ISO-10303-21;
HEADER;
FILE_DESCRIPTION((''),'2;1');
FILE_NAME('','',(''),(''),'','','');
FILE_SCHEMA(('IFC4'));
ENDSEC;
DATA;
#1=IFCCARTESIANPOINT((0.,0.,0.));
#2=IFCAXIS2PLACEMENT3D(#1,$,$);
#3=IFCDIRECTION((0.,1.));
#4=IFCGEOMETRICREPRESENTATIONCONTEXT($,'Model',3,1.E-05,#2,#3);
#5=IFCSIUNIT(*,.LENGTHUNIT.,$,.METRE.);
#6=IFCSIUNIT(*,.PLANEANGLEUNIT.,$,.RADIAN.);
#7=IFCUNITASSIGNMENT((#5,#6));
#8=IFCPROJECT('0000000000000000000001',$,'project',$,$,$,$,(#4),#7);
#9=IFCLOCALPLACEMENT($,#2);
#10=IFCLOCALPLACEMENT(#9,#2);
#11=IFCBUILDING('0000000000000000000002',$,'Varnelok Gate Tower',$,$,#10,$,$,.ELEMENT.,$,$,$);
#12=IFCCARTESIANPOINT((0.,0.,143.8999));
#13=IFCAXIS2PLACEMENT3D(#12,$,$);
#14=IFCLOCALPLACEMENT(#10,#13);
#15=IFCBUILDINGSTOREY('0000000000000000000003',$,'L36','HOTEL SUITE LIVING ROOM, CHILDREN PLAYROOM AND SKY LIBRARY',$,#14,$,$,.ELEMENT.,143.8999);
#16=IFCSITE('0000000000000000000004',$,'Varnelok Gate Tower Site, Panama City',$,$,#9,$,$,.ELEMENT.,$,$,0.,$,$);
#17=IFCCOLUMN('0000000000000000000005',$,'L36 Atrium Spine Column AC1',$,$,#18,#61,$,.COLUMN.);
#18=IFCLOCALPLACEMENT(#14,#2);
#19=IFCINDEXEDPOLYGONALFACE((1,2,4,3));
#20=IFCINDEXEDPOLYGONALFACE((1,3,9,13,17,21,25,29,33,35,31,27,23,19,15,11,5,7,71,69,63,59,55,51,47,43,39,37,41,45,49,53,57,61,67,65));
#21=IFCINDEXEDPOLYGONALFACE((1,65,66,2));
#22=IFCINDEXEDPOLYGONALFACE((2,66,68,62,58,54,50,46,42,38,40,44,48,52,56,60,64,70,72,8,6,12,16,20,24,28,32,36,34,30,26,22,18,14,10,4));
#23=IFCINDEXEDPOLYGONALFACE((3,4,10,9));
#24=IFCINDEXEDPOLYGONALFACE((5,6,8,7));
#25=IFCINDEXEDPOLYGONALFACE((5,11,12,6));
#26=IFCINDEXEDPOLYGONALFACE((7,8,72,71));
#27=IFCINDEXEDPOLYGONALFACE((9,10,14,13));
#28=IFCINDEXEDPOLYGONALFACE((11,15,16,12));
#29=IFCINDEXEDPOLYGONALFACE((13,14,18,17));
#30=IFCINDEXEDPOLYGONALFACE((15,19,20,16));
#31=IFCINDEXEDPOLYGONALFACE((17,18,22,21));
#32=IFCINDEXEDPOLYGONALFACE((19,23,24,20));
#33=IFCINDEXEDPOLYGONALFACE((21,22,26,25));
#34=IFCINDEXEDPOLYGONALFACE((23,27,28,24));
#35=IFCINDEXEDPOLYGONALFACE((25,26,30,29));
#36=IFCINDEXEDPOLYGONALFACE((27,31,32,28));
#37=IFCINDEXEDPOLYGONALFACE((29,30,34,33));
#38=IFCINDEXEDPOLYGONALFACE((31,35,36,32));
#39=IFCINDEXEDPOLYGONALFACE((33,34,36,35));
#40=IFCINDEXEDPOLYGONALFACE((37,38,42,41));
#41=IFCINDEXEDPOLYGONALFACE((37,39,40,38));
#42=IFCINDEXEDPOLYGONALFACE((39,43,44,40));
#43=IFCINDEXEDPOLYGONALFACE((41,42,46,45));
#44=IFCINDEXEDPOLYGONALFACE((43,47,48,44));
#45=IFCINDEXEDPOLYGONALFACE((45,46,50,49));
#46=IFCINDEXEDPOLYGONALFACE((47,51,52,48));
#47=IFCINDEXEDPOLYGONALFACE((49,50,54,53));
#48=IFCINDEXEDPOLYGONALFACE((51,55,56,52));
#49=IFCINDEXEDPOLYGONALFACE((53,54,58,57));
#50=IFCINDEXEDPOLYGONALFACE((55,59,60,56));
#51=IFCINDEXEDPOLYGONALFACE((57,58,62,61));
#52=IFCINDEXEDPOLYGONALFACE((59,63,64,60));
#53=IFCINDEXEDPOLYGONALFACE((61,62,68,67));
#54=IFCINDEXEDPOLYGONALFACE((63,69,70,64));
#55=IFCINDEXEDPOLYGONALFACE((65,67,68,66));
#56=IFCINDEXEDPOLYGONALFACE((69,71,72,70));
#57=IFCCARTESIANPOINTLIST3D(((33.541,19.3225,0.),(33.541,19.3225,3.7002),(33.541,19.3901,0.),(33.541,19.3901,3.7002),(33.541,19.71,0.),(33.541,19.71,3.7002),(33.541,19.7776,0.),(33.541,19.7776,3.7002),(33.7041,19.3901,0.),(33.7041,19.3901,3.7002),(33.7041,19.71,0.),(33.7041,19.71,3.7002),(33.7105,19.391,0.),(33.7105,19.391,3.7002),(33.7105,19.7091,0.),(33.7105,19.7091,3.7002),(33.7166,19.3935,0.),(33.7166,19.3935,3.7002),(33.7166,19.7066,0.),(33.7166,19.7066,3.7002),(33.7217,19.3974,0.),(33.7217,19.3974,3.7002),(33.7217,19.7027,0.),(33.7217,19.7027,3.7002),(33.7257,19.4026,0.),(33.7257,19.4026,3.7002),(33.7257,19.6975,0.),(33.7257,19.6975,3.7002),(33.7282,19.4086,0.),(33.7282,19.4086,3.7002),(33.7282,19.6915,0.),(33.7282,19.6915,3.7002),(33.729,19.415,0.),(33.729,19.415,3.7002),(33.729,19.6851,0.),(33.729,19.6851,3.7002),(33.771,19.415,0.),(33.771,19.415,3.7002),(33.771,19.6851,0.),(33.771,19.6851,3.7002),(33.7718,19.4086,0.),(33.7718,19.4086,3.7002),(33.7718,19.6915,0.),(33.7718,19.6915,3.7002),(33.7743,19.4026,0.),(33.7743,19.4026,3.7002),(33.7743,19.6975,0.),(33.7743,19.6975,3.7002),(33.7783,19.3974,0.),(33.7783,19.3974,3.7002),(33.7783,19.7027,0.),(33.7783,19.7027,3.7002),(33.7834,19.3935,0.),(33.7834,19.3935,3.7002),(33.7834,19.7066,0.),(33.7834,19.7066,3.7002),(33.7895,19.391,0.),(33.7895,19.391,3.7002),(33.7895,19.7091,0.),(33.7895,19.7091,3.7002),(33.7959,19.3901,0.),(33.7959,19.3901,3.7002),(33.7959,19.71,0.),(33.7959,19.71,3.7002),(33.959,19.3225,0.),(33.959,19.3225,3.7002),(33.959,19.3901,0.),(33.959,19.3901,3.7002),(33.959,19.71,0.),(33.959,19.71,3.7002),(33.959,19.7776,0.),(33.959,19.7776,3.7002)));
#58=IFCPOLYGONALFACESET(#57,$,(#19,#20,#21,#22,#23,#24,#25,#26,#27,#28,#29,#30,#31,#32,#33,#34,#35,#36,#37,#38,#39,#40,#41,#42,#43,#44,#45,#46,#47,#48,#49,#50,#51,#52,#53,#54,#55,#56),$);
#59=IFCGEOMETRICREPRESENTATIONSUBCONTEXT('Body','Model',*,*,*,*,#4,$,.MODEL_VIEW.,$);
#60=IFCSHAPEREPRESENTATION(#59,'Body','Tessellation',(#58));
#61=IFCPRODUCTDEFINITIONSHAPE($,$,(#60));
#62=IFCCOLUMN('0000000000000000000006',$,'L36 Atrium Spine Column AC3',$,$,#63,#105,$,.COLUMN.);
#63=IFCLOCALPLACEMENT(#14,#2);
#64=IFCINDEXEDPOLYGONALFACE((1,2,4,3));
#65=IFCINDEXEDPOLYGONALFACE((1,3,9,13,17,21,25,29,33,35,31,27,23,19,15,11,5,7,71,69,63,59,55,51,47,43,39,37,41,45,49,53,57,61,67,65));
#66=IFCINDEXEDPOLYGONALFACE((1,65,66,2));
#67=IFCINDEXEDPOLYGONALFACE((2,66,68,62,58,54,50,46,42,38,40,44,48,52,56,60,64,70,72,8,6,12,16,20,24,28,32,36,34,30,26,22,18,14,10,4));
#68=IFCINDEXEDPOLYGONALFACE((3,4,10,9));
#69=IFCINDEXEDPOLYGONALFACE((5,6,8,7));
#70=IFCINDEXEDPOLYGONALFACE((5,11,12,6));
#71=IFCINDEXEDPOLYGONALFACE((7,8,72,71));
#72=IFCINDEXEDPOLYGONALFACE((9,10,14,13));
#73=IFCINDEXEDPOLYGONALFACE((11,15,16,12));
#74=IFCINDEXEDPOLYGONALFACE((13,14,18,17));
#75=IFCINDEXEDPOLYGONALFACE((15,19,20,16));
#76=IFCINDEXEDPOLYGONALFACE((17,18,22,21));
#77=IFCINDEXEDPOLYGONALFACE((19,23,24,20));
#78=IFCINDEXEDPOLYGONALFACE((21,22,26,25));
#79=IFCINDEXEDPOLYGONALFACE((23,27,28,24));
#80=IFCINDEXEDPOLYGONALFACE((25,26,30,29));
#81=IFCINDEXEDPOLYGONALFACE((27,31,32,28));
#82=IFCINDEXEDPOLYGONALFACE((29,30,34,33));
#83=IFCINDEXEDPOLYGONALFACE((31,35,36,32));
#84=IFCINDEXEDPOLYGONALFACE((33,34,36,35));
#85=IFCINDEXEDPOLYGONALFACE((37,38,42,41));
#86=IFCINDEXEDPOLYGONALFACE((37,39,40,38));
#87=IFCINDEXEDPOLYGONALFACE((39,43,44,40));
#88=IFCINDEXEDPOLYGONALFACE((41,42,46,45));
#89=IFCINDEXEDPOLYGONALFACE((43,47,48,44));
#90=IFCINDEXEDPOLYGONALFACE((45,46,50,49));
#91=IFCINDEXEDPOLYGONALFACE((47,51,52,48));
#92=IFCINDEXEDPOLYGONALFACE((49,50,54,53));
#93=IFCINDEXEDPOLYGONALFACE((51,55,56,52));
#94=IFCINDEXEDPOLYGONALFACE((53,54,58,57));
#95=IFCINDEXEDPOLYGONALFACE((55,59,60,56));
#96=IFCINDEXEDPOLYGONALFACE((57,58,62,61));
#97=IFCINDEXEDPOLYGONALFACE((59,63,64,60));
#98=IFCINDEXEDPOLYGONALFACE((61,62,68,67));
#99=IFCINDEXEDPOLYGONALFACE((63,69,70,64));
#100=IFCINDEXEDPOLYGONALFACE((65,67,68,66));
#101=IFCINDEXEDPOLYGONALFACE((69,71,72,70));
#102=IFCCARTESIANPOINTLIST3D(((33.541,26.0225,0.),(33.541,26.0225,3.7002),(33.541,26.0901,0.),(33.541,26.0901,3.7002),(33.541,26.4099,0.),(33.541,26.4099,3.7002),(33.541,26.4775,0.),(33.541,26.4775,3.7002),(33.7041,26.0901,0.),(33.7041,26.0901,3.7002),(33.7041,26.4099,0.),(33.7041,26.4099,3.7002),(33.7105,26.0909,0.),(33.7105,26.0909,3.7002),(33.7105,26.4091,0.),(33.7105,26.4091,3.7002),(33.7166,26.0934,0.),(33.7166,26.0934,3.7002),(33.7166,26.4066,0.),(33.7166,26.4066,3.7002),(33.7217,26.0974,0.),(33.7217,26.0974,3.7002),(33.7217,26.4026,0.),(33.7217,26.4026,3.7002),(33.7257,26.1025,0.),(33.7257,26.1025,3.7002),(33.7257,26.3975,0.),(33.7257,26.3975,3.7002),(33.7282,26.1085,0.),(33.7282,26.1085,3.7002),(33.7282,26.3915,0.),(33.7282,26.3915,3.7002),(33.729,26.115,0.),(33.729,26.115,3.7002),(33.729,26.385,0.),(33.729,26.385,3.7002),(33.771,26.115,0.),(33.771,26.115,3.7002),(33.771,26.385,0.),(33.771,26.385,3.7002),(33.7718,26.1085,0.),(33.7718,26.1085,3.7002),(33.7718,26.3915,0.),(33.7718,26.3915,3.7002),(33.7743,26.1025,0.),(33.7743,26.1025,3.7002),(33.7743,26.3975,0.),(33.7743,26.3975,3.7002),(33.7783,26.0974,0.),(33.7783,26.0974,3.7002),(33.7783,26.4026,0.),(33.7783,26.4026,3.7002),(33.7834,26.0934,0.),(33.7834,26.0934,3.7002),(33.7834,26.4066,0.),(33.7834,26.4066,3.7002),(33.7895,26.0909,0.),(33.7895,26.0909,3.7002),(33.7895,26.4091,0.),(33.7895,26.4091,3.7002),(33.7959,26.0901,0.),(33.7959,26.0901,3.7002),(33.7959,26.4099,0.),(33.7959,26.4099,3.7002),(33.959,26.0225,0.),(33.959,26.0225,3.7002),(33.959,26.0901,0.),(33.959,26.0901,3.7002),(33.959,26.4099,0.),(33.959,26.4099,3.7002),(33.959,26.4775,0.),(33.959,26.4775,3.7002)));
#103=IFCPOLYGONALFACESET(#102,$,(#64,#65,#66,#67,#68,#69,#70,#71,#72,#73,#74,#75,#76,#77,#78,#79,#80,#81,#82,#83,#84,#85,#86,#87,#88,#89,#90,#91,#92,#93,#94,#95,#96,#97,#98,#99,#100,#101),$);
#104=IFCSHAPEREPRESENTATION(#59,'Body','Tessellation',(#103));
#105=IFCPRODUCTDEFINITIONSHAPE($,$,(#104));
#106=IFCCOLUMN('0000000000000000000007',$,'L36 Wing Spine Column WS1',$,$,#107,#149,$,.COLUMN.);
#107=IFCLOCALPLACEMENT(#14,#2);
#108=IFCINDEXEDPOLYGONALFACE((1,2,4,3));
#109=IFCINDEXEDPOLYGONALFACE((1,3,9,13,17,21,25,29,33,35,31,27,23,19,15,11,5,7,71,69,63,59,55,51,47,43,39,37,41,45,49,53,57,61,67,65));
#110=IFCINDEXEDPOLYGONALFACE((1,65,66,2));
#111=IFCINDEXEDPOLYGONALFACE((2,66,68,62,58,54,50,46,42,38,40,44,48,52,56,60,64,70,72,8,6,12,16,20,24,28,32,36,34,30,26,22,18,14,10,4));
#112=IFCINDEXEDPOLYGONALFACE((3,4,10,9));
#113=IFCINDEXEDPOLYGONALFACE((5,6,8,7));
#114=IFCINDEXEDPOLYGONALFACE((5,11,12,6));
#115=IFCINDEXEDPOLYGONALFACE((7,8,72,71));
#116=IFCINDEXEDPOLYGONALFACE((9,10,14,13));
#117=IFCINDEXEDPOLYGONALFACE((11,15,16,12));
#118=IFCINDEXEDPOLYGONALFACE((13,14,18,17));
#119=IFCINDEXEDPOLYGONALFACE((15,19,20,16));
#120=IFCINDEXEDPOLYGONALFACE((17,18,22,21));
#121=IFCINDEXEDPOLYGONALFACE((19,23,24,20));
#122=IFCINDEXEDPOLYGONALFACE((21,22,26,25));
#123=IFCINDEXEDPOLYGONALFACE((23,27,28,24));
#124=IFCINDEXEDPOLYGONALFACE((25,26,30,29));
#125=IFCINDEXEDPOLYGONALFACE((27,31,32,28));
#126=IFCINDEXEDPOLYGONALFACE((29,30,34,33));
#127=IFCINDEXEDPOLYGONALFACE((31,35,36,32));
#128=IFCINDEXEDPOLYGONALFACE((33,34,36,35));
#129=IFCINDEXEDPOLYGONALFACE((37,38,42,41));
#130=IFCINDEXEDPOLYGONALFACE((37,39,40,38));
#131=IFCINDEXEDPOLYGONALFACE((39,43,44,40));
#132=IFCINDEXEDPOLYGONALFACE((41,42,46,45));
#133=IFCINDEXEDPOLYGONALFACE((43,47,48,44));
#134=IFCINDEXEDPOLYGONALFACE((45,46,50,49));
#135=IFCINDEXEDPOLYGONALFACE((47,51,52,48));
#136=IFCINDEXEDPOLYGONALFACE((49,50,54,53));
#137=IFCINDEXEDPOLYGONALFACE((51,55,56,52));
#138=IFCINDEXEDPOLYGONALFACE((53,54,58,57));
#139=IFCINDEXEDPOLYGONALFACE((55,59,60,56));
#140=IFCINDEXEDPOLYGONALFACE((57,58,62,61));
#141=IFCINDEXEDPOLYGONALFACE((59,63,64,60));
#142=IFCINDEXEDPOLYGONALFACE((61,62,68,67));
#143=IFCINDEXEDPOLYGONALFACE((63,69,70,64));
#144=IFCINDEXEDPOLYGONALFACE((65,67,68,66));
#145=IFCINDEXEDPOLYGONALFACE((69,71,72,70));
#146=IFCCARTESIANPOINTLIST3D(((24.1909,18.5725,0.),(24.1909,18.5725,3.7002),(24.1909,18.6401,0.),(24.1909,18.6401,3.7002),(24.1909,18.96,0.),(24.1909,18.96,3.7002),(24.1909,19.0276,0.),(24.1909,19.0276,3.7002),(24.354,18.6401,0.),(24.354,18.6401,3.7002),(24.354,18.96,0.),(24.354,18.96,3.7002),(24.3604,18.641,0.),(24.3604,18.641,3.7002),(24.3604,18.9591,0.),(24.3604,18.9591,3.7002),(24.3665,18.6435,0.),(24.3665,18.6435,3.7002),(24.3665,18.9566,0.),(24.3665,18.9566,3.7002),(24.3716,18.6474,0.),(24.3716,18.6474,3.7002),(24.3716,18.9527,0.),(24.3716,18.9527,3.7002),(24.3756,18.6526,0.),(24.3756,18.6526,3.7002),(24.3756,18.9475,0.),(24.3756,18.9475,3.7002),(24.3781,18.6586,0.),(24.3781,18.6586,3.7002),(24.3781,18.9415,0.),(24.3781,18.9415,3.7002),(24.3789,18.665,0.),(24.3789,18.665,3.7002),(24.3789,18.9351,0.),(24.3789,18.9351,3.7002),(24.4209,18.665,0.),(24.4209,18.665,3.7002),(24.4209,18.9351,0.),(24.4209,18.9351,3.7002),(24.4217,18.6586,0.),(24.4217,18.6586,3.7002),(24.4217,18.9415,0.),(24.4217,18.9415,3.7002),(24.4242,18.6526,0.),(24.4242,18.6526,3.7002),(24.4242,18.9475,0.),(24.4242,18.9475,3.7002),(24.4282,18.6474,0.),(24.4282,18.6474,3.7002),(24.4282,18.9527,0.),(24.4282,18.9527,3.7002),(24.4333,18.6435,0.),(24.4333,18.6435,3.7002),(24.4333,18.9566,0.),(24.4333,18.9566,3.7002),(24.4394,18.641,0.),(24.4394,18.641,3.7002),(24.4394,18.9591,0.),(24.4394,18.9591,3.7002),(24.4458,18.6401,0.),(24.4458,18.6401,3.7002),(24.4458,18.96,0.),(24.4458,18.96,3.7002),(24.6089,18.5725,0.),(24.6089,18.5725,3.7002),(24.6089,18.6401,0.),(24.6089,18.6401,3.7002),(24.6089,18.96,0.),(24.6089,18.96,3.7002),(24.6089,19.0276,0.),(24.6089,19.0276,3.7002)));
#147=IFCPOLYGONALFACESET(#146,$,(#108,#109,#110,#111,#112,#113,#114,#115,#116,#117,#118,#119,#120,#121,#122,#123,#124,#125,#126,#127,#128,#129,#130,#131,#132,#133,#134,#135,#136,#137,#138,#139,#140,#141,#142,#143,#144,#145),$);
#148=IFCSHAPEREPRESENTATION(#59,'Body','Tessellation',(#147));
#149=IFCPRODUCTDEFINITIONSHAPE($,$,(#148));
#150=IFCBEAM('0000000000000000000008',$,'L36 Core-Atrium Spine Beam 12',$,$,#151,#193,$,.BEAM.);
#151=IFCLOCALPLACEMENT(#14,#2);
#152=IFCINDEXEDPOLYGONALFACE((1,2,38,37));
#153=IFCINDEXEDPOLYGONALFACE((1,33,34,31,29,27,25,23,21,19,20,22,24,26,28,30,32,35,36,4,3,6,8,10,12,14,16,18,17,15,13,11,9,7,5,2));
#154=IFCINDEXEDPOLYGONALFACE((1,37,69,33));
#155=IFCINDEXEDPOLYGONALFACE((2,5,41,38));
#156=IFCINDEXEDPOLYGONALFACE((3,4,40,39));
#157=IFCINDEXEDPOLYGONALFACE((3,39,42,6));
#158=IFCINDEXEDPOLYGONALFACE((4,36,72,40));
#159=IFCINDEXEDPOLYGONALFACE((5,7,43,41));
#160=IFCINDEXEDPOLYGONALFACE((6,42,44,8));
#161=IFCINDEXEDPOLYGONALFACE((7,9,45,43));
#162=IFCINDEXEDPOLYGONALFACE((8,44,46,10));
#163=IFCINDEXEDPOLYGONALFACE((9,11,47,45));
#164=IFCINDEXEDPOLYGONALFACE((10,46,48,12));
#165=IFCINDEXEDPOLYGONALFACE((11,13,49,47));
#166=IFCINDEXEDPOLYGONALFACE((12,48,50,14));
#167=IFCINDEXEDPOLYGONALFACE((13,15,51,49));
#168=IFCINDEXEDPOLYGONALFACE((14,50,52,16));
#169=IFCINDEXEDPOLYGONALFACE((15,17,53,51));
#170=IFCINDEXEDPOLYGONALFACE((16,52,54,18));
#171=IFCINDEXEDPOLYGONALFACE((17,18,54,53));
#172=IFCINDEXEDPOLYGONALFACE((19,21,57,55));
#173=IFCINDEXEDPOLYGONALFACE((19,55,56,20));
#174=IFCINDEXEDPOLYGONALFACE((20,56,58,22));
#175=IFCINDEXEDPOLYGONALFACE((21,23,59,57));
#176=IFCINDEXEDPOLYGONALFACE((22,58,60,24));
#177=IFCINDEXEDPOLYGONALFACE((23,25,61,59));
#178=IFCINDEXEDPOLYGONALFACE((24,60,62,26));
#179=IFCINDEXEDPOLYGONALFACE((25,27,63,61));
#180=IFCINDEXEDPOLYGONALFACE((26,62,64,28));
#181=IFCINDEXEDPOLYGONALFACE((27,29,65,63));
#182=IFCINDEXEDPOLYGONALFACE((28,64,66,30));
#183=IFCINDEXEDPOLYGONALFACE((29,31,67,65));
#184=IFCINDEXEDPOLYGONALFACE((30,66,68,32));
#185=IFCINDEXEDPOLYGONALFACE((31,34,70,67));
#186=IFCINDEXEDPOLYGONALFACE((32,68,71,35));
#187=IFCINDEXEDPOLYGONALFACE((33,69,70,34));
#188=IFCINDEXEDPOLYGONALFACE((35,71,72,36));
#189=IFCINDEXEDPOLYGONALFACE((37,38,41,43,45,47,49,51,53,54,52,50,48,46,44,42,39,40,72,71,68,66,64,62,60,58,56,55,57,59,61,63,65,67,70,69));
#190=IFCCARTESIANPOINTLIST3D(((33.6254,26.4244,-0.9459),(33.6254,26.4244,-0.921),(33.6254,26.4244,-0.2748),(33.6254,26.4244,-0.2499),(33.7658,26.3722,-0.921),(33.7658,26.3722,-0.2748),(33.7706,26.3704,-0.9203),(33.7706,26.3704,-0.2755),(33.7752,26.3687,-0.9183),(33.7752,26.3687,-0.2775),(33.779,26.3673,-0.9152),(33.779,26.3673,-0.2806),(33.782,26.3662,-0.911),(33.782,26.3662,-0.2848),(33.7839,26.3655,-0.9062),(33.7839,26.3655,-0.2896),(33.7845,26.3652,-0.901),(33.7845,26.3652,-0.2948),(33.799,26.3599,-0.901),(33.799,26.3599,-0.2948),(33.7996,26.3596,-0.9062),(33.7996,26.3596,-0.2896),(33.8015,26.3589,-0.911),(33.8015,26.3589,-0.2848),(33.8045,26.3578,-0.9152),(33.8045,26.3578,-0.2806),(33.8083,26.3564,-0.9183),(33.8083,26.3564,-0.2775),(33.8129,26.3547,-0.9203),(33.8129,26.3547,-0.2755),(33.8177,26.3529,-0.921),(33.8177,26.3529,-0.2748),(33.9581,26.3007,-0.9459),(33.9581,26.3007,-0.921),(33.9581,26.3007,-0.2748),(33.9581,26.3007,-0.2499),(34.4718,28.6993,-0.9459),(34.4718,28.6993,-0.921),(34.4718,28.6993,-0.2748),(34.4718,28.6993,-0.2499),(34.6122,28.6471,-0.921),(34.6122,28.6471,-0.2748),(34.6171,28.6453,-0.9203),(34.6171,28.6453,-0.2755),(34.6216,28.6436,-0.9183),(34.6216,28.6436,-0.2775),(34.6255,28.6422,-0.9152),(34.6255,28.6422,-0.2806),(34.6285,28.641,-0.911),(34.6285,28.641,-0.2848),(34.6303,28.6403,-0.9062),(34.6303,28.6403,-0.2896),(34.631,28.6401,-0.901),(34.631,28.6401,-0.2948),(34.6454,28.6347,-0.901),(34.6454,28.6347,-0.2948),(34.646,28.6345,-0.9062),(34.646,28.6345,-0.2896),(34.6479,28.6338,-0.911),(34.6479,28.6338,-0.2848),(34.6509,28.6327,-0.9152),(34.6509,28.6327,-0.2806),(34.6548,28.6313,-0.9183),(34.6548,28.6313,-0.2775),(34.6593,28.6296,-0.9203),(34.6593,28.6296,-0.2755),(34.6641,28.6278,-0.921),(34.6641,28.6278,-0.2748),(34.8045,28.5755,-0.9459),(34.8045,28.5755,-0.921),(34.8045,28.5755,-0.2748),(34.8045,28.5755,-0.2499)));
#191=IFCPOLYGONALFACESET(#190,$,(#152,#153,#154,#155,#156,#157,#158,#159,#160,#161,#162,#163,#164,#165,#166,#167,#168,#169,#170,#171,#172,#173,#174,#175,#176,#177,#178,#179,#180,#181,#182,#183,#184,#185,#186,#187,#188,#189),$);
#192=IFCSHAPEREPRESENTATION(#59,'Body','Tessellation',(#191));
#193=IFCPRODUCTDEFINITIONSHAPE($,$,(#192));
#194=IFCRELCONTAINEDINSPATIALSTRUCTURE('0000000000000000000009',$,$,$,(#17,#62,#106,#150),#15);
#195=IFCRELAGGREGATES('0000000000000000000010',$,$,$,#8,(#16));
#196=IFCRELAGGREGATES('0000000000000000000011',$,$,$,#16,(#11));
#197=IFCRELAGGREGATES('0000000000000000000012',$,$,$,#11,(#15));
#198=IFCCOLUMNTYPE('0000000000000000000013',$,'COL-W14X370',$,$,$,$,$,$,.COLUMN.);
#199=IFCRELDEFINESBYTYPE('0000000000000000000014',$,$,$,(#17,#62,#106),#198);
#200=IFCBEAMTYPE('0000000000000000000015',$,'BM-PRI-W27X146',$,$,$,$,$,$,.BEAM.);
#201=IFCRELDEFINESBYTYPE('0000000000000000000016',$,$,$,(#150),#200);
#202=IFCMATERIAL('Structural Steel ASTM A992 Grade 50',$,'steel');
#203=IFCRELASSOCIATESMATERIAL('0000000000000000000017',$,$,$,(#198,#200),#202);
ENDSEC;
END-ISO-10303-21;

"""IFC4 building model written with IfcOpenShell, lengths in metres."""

from ifc_helpers import new_model, si_unit, direction, frame, origin, origin_2d, place, context, subcontext, project, spatial, i_section, extrude, material, material_profile, profile_set, type_object, element, save


model = new_model("IFC4")

# Units and contexts
model_context = context("Model", 3, precision=1e-05, world=origin(), true_north=direction((0.0, 1.0)))
body_context = subcontext(model_context, "Body", "Model", "MODEL_VIEW")
ifc_project = project(units=[si_unit("LENGTHUNIT", "METRE"), si_unit("PLANEANGLEUNIT", "RADIAN")], contexts=[model_context])

# Site, building, storey
site_placement = place(None, origin())
site = spatial("IfcSite", under=ifc_project, at=site_placement, Name="Varnelok Gate Tower Site, Panama City", CompositionType="ELEMENT", RefElevation=0.0)
building_placement = place(site_placement, origin())
building = spatial("IfcBuilding", under=site, at=building_placement, Name="Varnelok Gate Tower", CompositionType="ELEMENT")
storey_placement = place(building_placement, frame((0.0, 0.0, 143.8999)))
storey = spatial("IfcBuildingStorey", under=building, at=storey_placement, Name="L36", Description="HOTEL SUITE LIVING ROOM, CHILDREN PLAYROOM AND SKY LIBRARY", CompositionType="ELEMENT", Elevation=143.8999)

# Columns
ifc_material_1 = material(Name="Structural Steel ASTM A992 Grade 50", Category="steel")
ifc_material_profile_1 = material_profile(ifc_material_1, i_section(OverallWidth=0.418, OverallDepth=0.4551, WebThickness=0.042, FlangeThickness=0.0676, FilletRadius=0.0249, at=origin_2d()), Name="W14X370")
ifc_profile_set_1 = profile_set([ifc_material_profile_1], Name="Structural Steel ASTM A992 Grade 50")
column_type = type_object("IfcColumnType", Name="COL-W14X370", PredefinedType="COLUMN", material=ifc_profile_set_1)
for number, where, z_axis, x_axis, name in (
    (1, (33.75, 19.55, 0.0), (0.0, 0.0, 1.0), (1.0, 0.0, 0.0), "L36 Atrium Spine Column AC1"),
    (2, (33.75, 26.25, 0.0), (0.0, 0.0, 1.0), (1.0, 0.0, 0.0), "L36 Atrium Spine Column AC3"),
    (3, (24.3999, 18.8, 0.0), (0.0, 0.0, 1.0), (1.0, 0.0, 0.0), "L36 Wing Spine Column WS1"),
):
    element("IfcColumn", number, at=place(storey_placement, frame(where, z_axis=z_axis, x_axis=x_axis)), inside=storey, type_object=column_type, Name=name, PredefinedType="COLUMN", context=body_context, shape_type="SweptSolid", body=[
        extrude(i_section(OverallWidth=0.418, OverallDepth=0.4551, WebThickness=0.042, FlangeThickness=0.0676, FilletRadius=0.0249, at=origin_2d()), origin(), (0.0, 0.0, 1.0), 3.7002),
    ])

# Beam
ifc_material_profile_2 = material_profile(ifc_material_1, i_section(OverallWidth=0.355, OverallDepth=0.696, WebThickness=0.0154, FlangeThickness=0.0249, FilletRadius=0.02, at=origin_2d()), Name="W27X146")
ifc_profile_set_2 = profile_set([ifc_material_profile_2], Name="Structural Steel ASTM A992 Grade 50")
beam_type_1 = type_object("IfcBeamType", Name="BM-PRI-W27X146", PredefinedType="BEAM", material=ifc_profile_set_2)
beam_1_placement = place(storey_placement, frame((33.7917, 26.3625, -0.5979), z_axis=(0.348719, 0.937227, 0.0), x_axis=(-0.937227, 0.348719, 0.0)))
element("IfcBeam", 4, at=beam_1_placement, inside=storey, type_object=beam_type_1, Name="L36 Core-Atrium Spine Beam 12", PredefinedType="BEAM", context=body_context, shape_type="SweptSolid", body=[
    extrude(i_section(OverallWidth=0.355, OverallDepth=0.696, WebThickness=0.0154, FlangeThickness=0.0249, FilletRadius=0.02, at=origin_2d()), origin(), (0.0, 0.0, 1.0), 2.4272),
])

save(model, "model.ifc")
